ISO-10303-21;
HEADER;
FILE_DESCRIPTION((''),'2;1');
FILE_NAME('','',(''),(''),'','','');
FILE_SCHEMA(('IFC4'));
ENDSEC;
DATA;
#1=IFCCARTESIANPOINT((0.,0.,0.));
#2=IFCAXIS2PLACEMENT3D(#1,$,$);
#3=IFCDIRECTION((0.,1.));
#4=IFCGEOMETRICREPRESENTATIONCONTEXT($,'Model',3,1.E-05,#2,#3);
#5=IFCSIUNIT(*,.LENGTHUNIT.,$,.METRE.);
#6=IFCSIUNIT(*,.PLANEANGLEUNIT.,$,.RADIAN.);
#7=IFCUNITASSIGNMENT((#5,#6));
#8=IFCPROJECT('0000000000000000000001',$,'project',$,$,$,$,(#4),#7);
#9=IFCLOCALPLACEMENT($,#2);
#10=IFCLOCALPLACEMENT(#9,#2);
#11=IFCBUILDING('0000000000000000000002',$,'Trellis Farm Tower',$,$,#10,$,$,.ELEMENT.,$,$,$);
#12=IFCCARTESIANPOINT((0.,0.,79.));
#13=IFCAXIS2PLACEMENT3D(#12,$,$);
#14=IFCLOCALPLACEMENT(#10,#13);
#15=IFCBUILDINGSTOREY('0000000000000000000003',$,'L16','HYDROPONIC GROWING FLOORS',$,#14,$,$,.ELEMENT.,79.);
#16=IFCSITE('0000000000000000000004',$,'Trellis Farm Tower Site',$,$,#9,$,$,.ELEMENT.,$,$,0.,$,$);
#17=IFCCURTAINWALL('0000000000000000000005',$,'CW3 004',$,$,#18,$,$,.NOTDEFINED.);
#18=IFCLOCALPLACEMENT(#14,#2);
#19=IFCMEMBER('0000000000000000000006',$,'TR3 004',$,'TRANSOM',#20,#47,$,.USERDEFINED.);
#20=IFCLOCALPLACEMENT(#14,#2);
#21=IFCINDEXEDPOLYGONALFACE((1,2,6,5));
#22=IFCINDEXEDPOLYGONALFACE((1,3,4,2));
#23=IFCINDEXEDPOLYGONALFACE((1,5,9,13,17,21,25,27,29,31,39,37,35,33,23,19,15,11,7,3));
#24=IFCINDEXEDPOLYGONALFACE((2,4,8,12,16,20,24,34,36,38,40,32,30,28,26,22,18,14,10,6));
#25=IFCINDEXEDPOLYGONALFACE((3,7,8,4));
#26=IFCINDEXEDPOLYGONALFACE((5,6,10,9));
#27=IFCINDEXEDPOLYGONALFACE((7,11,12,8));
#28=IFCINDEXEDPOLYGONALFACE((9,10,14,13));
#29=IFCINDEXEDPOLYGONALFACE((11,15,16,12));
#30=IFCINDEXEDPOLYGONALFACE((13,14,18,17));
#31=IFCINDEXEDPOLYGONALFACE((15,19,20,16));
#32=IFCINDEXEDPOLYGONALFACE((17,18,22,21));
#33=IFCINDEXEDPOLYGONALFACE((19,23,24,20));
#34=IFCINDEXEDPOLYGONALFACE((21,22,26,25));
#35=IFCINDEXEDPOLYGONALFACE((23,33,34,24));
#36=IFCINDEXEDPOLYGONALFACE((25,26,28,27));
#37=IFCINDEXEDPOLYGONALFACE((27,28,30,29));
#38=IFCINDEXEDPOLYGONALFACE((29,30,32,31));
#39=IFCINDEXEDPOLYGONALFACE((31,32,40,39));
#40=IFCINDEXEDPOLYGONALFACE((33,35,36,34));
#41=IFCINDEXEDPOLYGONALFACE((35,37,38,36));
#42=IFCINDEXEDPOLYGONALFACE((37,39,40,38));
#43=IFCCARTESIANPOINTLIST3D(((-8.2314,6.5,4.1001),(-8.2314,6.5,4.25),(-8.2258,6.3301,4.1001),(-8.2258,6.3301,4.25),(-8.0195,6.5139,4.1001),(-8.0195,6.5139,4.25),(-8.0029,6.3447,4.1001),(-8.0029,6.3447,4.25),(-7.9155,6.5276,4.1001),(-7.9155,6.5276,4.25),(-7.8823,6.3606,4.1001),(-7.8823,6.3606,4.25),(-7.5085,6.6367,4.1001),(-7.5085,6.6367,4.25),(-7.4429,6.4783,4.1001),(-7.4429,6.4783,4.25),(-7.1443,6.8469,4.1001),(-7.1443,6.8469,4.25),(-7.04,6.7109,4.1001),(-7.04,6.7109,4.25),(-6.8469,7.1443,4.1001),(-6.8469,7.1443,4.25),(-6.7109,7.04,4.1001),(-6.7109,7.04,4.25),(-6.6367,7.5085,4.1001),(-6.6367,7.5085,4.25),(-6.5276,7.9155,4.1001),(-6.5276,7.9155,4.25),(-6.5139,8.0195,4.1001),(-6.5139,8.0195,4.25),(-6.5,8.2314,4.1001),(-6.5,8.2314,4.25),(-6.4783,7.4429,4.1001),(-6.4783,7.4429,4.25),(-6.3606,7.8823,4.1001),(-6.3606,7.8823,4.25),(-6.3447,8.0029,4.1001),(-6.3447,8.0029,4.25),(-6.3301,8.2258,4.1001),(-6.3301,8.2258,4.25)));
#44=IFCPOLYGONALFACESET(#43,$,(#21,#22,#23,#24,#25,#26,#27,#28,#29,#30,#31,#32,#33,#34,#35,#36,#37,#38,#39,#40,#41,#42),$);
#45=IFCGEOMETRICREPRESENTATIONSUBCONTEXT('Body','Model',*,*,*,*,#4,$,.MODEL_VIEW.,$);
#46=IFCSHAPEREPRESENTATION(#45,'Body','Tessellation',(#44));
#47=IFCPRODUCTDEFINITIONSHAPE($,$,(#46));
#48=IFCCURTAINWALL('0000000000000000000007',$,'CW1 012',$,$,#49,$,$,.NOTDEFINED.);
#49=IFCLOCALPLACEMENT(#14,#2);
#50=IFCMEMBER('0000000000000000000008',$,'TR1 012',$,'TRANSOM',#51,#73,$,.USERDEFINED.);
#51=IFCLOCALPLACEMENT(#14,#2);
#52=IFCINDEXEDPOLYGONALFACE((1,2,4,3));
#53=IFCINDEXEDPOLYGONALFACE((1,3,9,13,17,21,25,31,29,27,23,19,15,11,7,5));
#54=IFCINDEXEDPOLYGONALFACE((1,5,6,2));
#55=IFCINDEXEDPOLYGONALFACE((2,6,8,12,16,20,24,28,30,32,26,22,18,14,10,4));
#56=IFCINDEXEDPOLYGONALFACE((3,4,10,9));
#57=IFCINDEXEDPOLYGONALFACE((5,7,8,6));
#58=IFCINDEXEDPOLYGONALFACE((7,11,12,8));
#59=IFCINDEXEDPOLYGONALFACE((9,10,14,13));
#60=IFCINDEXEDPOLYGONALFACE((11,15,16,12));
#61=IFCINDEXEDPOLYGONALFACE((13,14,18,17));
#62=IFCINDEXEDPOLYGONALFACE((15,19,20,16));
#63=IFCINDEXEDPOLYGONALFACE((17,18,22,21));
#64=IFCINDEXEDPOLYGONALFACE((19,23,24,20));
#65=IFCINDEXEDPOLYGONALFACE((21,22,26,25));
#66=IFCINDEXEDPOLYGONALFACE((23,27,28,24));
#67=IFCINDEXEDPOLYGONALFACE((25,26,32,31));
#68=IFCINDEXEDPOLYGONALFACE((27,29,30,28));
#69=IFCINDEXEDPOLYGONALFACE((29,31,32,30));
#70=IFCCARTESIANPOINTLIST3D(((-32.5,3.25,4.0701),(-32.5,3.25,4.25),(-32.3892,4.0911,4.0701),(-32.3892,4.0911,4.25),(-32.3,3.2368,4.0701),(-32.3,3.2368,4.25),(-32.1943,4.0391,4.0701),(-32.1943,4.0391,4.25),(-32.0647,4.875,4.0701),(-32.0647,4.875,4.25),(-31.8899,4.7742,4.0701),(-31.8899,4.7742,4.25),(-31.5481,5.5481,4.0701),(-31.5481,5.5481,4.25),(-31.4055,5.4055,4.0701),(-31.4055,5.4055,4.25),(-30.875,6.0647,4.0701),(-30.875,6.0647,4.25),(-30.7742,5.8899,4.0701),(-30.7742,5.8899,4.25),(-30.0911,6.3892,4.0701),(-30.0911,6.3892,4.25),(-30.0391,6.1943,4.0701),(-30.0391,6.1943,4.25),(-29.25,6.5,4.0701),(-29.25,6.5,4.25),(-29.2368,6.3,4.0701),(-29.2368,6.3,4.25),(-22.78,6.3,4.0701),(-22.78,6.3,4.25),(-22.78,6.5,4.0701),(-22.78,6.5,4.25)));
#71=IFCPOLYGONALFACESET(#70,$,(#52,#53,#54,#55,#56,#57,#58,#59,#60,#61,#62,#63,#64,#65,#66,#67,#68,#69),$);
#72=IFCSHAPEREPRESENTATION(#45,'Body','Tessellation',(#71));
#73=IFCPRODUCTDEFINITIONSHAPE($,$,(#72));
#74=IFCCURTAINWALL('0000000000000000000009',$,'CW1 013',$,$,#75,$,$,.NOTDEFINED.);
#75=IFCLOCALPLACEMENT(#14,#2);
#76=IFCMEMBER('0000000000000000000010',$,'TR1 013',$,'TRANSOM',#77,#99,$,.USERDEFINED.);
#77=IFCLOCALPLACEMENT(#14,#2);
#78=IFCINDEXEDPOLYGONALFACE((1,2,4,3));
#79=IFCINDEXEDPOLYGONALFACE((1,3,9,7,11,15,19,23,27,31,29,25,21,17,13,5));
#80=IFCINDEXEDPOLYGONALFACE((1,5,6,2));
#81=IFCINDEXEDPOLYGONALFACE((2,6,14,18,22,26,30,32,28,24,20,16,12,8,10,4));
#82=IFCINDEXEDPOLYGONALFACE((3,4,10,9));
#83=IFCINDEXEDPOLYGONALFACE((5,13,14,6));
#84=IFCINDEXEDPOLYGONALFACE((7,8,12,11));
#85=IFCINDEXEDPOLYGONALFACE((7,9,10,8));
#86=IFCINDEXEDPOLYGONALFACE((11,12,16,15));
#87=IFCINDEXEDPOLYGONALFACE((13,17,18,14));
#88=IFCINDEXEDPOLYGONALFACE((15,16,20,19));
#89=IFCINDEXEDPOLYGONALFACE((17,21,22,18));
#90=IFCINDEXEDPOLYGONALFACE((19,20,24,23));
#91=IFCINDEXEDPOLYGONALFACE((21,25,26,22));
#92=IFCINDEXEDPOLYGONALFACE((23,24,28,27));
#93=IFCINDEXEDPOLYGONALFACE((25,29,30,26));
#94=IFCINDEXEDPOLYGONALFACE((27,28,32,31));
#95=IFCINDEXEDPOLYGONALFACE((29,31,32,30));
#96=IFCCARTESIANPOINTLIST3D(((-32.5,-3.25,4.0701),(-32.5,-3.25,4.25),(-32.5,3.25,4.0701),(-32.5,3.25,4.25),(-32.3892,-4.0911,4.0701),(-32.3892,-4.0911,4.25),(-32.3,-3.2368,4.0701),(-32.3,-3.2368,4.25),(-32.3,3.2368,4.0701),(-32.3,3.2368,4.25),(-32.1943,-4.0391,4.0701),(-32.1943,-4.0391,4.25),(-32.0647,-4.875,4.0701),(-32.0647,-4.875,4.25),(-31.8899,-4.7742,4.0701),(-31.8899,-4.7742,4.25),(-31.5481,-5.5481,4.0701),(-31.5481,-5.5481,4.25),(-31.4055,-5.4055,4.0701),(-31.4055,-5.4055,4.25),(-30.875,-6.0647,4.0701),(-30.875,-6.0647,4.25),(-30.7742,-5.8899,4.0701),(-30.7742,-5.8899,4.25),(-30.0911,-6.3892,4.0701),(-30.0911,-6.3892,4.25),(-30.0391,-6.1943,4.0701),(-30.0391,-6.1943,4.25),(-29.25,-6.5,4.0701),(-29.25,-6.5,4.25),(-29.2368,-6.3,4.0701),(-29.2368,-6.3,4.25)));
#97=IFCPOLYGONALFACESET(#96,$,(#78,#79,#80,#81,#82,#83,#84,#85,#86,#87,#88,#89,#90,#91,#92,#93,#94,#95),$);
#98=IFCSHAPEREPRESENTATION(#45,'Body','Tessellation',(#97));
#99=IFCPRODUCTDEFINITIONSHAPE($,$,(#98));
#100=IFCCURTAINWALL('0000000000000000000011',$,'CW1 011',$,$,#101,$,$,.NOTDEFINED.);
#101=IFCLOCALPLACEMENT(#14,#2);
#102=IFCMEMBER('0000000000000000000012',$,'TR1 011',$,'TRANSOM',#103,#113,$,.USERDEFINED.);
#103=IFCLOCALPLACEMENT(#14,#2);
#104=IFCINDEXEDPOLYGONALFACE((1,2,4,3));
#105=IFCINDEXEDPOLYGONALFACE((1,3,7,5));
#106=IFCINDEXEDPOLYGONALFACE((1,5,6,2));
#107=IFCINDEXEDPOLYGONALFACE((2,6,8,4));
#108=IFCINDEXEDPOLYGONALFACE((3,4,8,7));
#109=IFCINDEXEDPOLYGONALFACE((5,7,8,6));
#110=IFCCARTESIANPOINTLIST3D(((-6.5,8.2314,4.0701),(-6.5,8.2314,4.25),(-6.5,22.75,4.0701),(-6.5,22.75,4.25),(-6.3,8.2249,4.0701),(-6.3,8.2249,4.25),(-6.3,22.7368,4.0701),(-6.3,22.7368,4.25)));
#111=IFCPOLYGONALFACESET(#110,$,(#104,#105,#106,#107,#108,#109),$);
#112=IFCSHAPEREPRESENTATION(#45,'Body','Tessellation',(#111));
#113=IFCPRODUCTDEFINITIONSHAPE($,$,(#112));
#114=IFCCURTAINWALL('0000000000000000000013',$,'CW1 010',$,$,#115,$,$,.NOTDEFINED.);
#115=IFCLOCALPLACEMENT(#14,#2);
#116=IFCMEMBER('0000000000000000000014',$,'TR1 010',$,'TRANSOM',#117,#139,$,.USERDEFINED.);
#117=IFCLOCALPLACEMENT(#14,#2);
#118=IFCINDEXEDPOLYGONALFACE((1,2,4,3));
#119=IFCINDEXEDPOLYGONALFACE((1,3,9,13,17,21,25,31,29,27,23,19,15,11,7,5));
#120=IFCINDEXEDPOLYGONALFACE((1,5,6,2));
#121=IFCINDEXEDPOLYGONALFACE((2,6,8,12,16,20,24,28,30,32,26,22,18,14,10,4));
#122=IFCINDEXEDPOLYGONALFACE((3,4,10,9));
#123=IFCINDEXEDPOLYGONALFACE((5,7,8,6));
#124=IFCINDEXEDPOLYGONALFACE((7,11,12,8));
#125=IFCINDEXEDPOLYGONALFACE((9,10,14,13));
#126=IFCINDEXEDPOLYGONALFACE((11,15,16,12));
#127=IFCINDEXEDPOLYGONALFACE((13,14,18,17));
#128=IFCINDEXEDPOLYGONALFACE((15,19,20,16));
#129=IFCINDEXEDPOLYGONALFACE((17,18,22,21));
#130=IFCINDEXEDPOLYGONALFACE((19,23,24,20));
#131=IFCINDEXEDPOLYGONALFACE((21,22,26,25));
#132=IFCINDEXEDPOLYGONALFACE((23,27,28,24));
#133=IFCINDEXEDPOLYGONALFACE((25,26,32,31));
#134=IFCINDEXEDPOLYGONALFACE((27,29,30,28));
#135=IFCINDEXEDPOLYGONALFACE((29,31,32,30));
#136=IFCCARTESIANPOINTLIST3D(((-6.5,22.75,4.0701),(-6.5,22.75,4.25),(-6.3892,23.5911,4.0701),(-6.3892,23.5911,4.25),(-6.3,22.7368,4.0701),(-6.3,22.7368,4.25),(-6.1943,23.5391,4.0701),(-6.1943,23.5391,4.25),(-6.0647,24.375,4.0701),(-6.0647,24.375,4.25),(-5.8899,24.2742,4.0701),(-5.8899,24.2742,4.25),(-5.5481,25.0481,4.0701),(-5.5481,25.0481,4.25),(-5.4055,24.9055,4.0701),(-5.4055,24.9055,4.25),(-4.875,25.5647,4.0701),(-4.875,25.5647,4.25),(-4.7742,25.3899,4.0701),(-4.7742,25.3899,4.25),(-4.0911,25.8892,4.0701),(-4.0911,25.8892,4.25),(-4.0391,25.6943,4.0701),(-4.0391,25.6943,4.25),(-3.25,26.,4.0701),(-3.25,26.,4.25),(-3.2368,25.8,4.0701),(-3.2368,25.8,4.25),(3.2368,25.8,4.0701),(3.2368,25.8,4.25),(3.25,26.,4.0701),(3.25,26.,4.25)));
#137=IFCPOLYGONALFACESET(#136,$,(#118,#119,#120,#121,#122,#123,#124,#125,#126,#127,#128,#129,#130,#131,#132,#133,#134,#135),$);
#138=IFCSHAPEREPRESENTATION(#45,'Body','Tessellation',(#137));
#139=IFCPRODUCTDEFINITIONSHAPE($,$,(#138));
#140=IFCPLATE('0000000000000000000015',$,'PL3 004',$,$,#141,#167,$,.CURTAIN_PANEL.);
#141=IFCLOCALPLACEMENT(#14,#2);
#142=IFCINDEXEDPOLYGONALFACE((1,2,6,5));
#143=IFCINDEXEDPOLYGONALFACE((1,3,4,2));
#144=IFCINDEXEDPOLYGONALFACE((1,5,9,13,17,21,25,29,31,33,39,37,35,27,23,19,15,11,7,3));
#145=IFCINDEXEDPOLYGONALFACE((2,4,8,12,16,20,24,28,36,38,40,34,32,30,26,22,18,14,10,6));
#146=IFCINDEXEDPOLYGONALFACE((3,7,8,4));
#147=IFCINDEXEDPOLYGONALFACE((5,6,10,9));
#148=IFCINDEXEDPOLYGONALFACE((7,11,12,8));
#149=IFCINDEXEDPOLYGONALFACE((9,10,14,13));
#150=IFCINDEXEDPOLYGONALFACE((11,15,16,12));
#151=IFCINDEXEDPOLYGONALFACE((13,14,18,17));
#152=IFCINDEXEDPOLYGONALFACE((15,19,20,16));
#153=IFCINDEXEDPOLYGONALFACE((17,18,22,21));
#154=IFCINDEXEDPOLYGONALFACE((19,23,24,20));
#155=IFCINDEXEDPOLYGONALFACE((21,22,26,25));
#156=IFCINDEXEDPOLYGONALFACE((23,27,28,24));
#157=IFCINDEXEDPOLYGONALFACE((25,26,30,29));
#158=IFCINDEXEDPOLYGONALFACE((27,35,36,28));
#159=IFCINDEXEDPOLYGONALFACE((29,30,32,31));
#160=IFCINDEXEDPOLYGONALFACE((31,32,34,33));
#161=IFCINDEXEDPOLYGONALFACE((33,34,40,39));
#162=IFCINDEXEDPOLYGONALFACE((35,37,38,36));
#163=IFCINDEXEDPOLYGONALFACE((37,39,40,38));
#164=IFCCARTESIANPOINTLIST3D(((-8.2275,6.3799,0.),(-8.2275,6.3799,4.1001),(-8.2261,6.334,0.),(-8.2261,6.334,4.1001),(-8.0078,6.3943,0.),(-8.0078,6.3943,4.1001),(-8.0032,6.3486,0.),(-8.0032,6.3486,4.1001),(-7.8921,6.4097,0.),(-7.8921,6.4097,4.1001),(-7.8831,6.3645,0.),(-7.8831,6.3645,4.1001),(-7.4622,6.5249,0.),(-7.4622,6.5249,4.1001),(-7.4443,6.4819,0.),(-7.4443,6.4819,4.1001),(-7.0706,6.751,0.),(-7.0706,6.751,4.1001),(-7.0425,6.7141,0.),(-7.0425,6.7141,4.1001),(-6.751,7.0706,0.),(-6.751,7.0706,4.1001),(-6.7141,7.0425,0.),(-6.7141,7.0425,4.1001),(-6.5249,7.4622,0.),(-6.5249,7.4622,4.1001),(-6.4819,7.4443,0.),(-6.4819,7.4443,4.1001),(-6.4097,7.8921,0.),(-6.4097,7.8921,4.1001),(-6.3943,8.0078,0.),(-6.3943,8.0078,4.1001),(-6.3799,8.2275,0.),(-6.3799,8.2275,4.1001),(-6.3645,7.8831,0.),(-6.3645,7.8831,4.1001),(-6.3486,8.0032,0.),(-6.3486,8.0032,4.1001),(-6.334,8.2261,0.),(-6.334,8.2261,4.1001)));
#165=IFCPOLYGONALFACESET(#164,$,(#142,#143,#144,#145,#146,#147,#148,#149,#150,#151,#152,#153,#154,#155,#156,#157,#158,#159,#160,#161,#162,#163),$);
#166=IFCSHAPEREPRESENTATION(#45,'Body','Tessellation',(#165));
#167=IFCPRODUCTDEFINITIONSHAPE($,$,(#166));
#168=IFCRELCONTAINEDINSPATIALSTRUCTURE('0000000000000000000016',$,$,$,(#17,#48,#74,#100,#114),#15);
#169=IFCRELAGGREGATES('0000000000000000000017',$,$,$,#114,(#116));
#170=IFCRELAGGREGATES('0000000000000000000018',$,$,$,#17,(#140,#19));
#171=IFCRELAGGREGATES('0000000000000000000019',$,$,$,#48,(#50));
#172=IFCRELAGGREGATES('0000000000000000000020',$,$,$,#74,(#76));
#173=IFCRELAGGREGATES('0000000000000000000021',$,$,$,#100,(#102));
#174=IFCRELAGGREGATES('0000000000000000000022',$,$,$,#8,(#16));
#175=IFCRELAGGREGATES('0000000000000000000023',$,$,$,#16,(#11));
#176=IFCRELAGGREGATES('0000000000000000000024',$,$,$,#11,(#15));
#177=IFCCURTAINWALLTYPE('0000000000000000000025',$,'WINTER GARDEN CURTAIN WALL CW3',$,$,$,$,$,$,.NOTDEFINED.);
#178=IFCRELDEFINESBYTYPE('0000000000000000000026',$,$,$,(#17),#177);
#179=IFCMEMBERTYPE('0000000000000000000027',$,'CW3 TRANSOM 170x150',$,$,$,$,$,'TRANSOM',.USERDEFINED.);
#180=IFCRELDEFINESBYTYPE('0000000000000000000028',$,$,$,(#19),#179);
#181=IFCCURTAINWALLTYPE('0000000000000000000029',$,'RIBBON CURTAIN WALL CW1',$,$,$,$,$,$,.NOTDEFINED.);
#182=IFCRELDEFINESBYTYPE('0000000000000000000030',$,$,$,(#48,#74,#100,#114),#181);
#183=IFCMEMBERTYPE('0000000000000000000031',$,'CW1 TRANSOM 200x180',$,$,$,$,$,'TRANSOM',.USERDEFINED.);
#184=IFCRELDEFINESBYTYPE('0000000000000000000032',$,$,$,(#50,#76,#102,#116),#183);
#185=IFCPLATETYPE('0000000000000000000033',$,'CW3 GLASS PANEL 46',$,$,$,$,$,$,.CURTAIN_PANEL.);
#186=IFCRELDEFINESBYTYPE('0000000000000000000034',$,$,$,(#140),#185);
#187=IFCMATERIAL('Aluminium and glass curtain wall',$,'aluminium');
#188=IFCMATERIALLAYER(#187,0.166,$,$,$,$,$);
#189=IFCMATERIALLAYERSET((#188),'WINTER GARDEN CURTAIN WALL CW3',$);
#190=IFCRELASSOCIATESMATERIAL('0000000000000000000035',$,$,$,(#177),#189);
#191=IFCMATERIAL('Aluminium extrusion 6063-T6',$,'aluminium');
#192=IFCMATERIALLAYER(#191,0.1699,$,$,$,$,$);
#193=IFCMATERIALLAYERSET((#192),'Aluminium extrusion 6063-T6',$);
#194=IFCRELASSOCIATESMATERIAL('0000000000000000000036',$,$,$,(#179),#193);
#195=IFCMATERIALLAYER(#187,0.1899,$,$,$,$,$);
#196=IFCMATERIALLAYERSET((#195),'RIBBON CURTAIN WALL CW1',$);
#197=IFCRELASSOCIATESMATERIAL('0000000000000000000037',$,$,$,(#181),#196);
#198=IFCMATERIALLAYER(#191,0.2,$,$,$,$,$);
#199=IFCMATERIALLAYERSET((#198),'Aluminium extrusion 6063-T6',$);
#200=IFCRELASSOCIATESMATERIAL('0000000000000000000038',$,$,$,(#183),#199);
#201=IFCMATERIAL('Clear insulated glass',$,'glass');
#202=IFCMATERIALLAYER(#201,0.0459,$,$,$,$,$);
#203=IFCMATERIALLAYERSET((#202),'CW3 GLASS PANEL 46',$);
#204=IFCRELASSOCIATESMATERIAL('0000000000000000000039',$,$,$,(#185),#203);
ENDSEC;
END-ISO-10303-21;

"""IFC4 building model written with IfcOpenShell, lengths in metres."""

from ifc_helpers import new_model, si_unit, direction, frame, origin, place, context, subcontext, project, spatial, polyline, outline, extrude, source, transform, mapped, material, layer, layer_set, type_object, element, aggregate, save


model = new_model("IFC4")

# Units and contexts
model_context = context("Model", 3, precision=1e-05, world=origin(), true_north=direction((0.0, 1.0)))
body_context = subcontext(model_context, "Body", "Model", "MODEL_VIEW")
ifc_project = project(units=[si_unit("LENGTHUNIT", "METRE"), si_unit("PLANEANGLEUNIT", "RADIAN")], contexts=[model_context])

# Site, building, storey
site_placement = place(None, origin())
site = spatial("IfcSite", under=ifc_project, at=site_placement, Name="Trellis Farm Tower Site", CompositionType="ELEMENT", RefElevation=0.0)
building_placement = place(site_placement, origin())
building = spatial("IfcBuilding", under=site, at=building_placement, Name="Trellis Farm Tower", CompositionType="ELEMENT")
storey_placement = place(building_placement, frame((0.0, 0.0, 79.0)))
storey = spatial("IfcBuildingStorey", under=building, at=storey_placement, Name="L16", Description="HYDROPONIC GROWING FLOORS", CompositionType="ELEMENT", Elevation=79.0)

# Curtain walls, members
ifc_material_1 = material(Name="Aluminium and glass curtain wall", Category="aluminium")
ifc_layer_1 = layer(ifc_material_1, 0.166)
ifc_layer_set_1 = layer_set([ifc_layer_1], Name="WINTER GARDEN CURTAIN WALL CW3")
curtain_wall_type_1 = type_object("IfcCurtainWallType", Name="WINTER GARDEN CURTAIN WALL CW3", PredefinedType="NOTDEFINED", material=ifc_layer_set_1)
placement_1 = place(storey_placement, origin())
curtain_wall_1 = element("IfcCurtainWall", 1, at=placement_1, inside=storey, type_object=curtain_wall_type_1, Name="CW3 004", PredefinedType="NOTDEFINED")
ifc_material_2 = material(Name="Aluminium extrusion 6063-T6", Category="aluminium")
ifc_layer_2 = layer(ifc_material_2, 0.1699)
ifc_layer_set_2 = layer_set([ifc_layer_2], Name="Aluminium extrusion 6063-T6")
member_type_1 = type_object("IfcMemberType", Name="CW3 TRANSOM 170x150", ElementType="TRANSOM", PredefinedType="USERDEFINED", material=ifc_layer_set_2)
shared_shape_1 = source(origin(), body_context, "Body", "SweptSolid", [
    extrude(outline(polyline([(-6.5, 8.2314), (-6.5139, 8.0195), (-6.5276, 7.9155), (-6.6367, 7.5085), (-6.8469, 7.1443), (-7.1443, 6.8469), (-7.5085, 6.6367), (-7.9155, 6.5276), (-8.0195, 6.5139), (-8.2314, 6.5), (-8.2258, 6.3301), (-8.0029, 6.3447), (-7.8823, 6.3606), (-7.4429, 6.4783), (-7.04, 6.7109), (-6.7109, 7.04), (-6.4783, 7.4429), (-6.3606, 7.8823), (-6.3447, 8.0029), (-6.3301, 8.2258), (-6.5, 8.2314)])), origin(), (0.0, 0.0, 1.0), 0.1499),
])
member_1_placement = place(storey_placement, frame((0.0, 0.0, 4.1001)))
member_1 = element("IfcMember", 2, at=member_1_placement, type_object=member_type_1, Name="TR3 004", ObjectType="TRANSOM", PredefinedType="USERDEFINED", context=body_context, shape_type="MappedRepresentation", body=[
    mapped(shared_shape_1, transform((0.0, 0.0, 0.0))),
])
ifc_layer_3 = layer(ifc_material_1, 0.1899)
ifc_layer_set_3 = layer_set([ifc_layer_3], Name="RIBBON CURTAIN WALL CW1")
curtain_wall_type_2 = type_object("IfcCurtainWallType", Name="RIBBON CURTAIN WALL CW1", PredefinedType="NOTDEFINED", material=ifc_layer_set_3)
curtain_wall_2 = element("IfcCurtainWall", 3, at=placement_1, inside=storey, type_object=curtain_wall_type_2, Name="CW1 012", PredefinedType="NOTDEFINED")
ifc_layer_4 = layer(ifc_material_2, 0.2)
ifc_layer_set_4 = layer_set([ifc_layer_4], Name="Aluminium extrusion 6063-T6")
member_type_2 = type_object("IfcMemberType", Name="CW1 TRANSOM 200x180", ElementType="TRANSOM", PredefinedType="USERDEFINED", material=ifc_layer_set_4)
shared_shape_2 = source(origin(), body_context, "Body", "SweptSolid", [
    extrude(outline(polyline([(-22.78, 6.5), (-29.25, 6.5), (-30.0911, 6.3892), (-30.875, 6.0647), (-31.5481, 5.5481), (-32.0647, 4.875), (-32.3892, 4.0911), (-32.5, 3.25), (-32.3, 3.2368), (-32.1943, 4.0391), (-31.8899, 4.7742), (-31.4055, 5.4055), (-30.7742, 5.8899), (-30.0391, 6.1943), (-29.2368, 6.3), (-22.78, 6.3), (-22.78, 6.5)])), origin(), (0.0, 0.0, 1.0), 0.1799),
])
placement_2 = place(storey_placement, frame((0.0, 0.0, 4.0701)))
member_2 = element("IfcMember", 4, at=placement_2, type_object=member_type_2, Name="TR1 012", ObjectType="TRANSOM", PredefinedType="USERDEFINED", context=body_context, shape_type="MappedRepresentation", body=[
    mapped(shared_shape_2, transform((0.0, 0.0, 0.0))),
])
curtain_wall_3 = element("IfcCurtainWall", 5, at=placement_1, inside=storey, type_object=curtain_wall_type_2, Name="CW1 013", PredefinedType="NOTDEFINED")
shared_shape_3 = source(origin(), body_context, "Body", "SweptSolid", [
    extrude(outline(polyline([(-32.5, 3.25), (-32.5, -3.25), (-32.3892, -4.0911), (-32.0647, -4.875), (-31.5481, -5.5481), (-30.875, -6.0647), (-30.0911, -6.3892), (-29.25, -6.5), (-29.2368, -6.3), (-30.0391, -6.1943), (-30.7742, -5.8899), (-31.4055, -5.4055), (-31.8899, -4.7742), (-32.1943, -4.0391), (-32.3, -3.2368), (-32.3, 3.2368), (-32.5, 3.25)])), origin(), (0.0, 0.0, 1.0), 0.1799),
])
member_3 = element("IfcMember", 6, at=placement_2, type_object=member_type_2, Name="TR1 013", ObjectType="TRANSOM", PredefinedType="USERDEFINED", context=body_context, shape_type="MappedRepresentation", body=[
    mapped(shared_shape_3, transform((0.0, 0.0, 0.0))),
])
curtain_wall_4 = element("IfcCurtainWall", 7, at=placement_1, inside=storey, type_object=curtain_wall_type_2, Name="CW1 011", PredefinedType="NOTDEFINED")
shared_shape_4 = source(origin(), body_context, "Body", "SweptSolid", [
    extrude(outline(polyline([(-6.5, 22.75), (-6.5, 8.2314), (-6.3, 8.2249), (-6.3, 22.7368), (-6.5, 22.75)])), origin(), (0.0, 0.0, 1.0), 0.1799),
])
member_4 = element("IfcMember", 8, at=placement_2, type_object=member_type_2, Name="TR1 011", ObjectType="TRANSOM", PredefinedType="USERDEFINED", context=body_context, shape_type="MappedRepresentation", body=[
    mapped(shared_shape_4, transform((0.0, 0.0, 0.0))),
])
curtain_wall_5 = element("IfcCurtainWall", 9, at=placement_1, inside=storey, type_object=curtain_wall_type_2, Name="CW1 010", PredefinedType="NOTDEFINED")
shared_shape_5 = source(origin(), body_context, "Body", "SweptSolid", [
    extrude(outline(polyline([(3.25, 26.0), (-3.25, 26.0), (-4.0911, 25.8892), (-4.875, 25.5647), (-5.5481, 25.0481), (-6.0647, 24.375), (-6.3892, 23.5911), (-6.5, 22.75), (-6.3, 22.7368), (-6.1943, 23.5391), (-5.8899, 24.2742), (-5.4055, 24.9055), (-4.7742, 25.3899), (-4.0391, 25.6943), (-3.2368, 25.8), (3.2368, 25.8), (3.25, 26.0)])), origin(), (0.0, 0.0, 1.0), 0.1799),
])
member_5 = element("IfcMember", 10, at=placement_2, type_object=member_type_2, Name="TR1 010", ObjectType="TRANSOM", PredefinedType="USERDEFINED", context=body_context, shape_type="MappedRepresentation", body=[
    mapped(shared_shape_5, transform((0.0, 0.0, 0.0))),
])
aggregate(curtain_wall_5, [member_5])

# Plate
ifc_material_3 = material(Name="Clear insulated glass", Category="glass")
ifc_layer_5 = layer(ifc_material_3, 0.0459)
ifc_layer_set_5 = layer_set([ifc_layer_5], Name="CW3 GLASS PANEL 46")
plate_type_1 = type_object("IfcPlateType", Name="CW3 GLASS PANEL 46", PredefinedType="CURTAIN_PANEL", material=ifc_layer_set_5)
shared_shape_6 = source(origin(), body_context, "Body", "SweptSolid", [
    extrude(outline(polyline([(-6.3799, 8.2275), (-6.3943, 8.0078), (-6.4097, 7.8921), (-6.5249, 7.4622), (-6.751, 7.0706), (-7.0706, 6.751), (-7.4622, 6.5249), (-7.8921, 6.4097), (-8.0078, 6.3943), (-8.2275, 6.3799), (-8.2261, 6.334), (-8.0032, 6.3486), (-7.8831, 6.3645), (-7.4443, 6.4819), (-7.0425, 6.7141), (-6.7141, 7.0425), (-6.4819, 7.4443), (-6.3645, 7.8831), (-6.3486, 8.0032), (-6.334, 8.2261), (-6.3799, 8.2275)])), origin(), (0.0, 0.0, 1.0), 4.1001),
])
plate_1 = element("IfcPlate", 11, at=placement_1, type_object=plate_type_1, Name="PL3 004", PredefinedType="CURTAIN_PANEL", context=body_context, shape_type="MappedRepresentation", body=[
    mapped(shared_shape_6, transform((0.0, 0.0, 0.0))),
])
aggregate(curtain_wall_1, [plate_1, member_1])
aggregate(curtain_wall_2, [member_2])
aggregate(curtain_wall_3, [member_3])
aggregate(curtain_wall_4, [member_4])

save(model, "model.ifc")
